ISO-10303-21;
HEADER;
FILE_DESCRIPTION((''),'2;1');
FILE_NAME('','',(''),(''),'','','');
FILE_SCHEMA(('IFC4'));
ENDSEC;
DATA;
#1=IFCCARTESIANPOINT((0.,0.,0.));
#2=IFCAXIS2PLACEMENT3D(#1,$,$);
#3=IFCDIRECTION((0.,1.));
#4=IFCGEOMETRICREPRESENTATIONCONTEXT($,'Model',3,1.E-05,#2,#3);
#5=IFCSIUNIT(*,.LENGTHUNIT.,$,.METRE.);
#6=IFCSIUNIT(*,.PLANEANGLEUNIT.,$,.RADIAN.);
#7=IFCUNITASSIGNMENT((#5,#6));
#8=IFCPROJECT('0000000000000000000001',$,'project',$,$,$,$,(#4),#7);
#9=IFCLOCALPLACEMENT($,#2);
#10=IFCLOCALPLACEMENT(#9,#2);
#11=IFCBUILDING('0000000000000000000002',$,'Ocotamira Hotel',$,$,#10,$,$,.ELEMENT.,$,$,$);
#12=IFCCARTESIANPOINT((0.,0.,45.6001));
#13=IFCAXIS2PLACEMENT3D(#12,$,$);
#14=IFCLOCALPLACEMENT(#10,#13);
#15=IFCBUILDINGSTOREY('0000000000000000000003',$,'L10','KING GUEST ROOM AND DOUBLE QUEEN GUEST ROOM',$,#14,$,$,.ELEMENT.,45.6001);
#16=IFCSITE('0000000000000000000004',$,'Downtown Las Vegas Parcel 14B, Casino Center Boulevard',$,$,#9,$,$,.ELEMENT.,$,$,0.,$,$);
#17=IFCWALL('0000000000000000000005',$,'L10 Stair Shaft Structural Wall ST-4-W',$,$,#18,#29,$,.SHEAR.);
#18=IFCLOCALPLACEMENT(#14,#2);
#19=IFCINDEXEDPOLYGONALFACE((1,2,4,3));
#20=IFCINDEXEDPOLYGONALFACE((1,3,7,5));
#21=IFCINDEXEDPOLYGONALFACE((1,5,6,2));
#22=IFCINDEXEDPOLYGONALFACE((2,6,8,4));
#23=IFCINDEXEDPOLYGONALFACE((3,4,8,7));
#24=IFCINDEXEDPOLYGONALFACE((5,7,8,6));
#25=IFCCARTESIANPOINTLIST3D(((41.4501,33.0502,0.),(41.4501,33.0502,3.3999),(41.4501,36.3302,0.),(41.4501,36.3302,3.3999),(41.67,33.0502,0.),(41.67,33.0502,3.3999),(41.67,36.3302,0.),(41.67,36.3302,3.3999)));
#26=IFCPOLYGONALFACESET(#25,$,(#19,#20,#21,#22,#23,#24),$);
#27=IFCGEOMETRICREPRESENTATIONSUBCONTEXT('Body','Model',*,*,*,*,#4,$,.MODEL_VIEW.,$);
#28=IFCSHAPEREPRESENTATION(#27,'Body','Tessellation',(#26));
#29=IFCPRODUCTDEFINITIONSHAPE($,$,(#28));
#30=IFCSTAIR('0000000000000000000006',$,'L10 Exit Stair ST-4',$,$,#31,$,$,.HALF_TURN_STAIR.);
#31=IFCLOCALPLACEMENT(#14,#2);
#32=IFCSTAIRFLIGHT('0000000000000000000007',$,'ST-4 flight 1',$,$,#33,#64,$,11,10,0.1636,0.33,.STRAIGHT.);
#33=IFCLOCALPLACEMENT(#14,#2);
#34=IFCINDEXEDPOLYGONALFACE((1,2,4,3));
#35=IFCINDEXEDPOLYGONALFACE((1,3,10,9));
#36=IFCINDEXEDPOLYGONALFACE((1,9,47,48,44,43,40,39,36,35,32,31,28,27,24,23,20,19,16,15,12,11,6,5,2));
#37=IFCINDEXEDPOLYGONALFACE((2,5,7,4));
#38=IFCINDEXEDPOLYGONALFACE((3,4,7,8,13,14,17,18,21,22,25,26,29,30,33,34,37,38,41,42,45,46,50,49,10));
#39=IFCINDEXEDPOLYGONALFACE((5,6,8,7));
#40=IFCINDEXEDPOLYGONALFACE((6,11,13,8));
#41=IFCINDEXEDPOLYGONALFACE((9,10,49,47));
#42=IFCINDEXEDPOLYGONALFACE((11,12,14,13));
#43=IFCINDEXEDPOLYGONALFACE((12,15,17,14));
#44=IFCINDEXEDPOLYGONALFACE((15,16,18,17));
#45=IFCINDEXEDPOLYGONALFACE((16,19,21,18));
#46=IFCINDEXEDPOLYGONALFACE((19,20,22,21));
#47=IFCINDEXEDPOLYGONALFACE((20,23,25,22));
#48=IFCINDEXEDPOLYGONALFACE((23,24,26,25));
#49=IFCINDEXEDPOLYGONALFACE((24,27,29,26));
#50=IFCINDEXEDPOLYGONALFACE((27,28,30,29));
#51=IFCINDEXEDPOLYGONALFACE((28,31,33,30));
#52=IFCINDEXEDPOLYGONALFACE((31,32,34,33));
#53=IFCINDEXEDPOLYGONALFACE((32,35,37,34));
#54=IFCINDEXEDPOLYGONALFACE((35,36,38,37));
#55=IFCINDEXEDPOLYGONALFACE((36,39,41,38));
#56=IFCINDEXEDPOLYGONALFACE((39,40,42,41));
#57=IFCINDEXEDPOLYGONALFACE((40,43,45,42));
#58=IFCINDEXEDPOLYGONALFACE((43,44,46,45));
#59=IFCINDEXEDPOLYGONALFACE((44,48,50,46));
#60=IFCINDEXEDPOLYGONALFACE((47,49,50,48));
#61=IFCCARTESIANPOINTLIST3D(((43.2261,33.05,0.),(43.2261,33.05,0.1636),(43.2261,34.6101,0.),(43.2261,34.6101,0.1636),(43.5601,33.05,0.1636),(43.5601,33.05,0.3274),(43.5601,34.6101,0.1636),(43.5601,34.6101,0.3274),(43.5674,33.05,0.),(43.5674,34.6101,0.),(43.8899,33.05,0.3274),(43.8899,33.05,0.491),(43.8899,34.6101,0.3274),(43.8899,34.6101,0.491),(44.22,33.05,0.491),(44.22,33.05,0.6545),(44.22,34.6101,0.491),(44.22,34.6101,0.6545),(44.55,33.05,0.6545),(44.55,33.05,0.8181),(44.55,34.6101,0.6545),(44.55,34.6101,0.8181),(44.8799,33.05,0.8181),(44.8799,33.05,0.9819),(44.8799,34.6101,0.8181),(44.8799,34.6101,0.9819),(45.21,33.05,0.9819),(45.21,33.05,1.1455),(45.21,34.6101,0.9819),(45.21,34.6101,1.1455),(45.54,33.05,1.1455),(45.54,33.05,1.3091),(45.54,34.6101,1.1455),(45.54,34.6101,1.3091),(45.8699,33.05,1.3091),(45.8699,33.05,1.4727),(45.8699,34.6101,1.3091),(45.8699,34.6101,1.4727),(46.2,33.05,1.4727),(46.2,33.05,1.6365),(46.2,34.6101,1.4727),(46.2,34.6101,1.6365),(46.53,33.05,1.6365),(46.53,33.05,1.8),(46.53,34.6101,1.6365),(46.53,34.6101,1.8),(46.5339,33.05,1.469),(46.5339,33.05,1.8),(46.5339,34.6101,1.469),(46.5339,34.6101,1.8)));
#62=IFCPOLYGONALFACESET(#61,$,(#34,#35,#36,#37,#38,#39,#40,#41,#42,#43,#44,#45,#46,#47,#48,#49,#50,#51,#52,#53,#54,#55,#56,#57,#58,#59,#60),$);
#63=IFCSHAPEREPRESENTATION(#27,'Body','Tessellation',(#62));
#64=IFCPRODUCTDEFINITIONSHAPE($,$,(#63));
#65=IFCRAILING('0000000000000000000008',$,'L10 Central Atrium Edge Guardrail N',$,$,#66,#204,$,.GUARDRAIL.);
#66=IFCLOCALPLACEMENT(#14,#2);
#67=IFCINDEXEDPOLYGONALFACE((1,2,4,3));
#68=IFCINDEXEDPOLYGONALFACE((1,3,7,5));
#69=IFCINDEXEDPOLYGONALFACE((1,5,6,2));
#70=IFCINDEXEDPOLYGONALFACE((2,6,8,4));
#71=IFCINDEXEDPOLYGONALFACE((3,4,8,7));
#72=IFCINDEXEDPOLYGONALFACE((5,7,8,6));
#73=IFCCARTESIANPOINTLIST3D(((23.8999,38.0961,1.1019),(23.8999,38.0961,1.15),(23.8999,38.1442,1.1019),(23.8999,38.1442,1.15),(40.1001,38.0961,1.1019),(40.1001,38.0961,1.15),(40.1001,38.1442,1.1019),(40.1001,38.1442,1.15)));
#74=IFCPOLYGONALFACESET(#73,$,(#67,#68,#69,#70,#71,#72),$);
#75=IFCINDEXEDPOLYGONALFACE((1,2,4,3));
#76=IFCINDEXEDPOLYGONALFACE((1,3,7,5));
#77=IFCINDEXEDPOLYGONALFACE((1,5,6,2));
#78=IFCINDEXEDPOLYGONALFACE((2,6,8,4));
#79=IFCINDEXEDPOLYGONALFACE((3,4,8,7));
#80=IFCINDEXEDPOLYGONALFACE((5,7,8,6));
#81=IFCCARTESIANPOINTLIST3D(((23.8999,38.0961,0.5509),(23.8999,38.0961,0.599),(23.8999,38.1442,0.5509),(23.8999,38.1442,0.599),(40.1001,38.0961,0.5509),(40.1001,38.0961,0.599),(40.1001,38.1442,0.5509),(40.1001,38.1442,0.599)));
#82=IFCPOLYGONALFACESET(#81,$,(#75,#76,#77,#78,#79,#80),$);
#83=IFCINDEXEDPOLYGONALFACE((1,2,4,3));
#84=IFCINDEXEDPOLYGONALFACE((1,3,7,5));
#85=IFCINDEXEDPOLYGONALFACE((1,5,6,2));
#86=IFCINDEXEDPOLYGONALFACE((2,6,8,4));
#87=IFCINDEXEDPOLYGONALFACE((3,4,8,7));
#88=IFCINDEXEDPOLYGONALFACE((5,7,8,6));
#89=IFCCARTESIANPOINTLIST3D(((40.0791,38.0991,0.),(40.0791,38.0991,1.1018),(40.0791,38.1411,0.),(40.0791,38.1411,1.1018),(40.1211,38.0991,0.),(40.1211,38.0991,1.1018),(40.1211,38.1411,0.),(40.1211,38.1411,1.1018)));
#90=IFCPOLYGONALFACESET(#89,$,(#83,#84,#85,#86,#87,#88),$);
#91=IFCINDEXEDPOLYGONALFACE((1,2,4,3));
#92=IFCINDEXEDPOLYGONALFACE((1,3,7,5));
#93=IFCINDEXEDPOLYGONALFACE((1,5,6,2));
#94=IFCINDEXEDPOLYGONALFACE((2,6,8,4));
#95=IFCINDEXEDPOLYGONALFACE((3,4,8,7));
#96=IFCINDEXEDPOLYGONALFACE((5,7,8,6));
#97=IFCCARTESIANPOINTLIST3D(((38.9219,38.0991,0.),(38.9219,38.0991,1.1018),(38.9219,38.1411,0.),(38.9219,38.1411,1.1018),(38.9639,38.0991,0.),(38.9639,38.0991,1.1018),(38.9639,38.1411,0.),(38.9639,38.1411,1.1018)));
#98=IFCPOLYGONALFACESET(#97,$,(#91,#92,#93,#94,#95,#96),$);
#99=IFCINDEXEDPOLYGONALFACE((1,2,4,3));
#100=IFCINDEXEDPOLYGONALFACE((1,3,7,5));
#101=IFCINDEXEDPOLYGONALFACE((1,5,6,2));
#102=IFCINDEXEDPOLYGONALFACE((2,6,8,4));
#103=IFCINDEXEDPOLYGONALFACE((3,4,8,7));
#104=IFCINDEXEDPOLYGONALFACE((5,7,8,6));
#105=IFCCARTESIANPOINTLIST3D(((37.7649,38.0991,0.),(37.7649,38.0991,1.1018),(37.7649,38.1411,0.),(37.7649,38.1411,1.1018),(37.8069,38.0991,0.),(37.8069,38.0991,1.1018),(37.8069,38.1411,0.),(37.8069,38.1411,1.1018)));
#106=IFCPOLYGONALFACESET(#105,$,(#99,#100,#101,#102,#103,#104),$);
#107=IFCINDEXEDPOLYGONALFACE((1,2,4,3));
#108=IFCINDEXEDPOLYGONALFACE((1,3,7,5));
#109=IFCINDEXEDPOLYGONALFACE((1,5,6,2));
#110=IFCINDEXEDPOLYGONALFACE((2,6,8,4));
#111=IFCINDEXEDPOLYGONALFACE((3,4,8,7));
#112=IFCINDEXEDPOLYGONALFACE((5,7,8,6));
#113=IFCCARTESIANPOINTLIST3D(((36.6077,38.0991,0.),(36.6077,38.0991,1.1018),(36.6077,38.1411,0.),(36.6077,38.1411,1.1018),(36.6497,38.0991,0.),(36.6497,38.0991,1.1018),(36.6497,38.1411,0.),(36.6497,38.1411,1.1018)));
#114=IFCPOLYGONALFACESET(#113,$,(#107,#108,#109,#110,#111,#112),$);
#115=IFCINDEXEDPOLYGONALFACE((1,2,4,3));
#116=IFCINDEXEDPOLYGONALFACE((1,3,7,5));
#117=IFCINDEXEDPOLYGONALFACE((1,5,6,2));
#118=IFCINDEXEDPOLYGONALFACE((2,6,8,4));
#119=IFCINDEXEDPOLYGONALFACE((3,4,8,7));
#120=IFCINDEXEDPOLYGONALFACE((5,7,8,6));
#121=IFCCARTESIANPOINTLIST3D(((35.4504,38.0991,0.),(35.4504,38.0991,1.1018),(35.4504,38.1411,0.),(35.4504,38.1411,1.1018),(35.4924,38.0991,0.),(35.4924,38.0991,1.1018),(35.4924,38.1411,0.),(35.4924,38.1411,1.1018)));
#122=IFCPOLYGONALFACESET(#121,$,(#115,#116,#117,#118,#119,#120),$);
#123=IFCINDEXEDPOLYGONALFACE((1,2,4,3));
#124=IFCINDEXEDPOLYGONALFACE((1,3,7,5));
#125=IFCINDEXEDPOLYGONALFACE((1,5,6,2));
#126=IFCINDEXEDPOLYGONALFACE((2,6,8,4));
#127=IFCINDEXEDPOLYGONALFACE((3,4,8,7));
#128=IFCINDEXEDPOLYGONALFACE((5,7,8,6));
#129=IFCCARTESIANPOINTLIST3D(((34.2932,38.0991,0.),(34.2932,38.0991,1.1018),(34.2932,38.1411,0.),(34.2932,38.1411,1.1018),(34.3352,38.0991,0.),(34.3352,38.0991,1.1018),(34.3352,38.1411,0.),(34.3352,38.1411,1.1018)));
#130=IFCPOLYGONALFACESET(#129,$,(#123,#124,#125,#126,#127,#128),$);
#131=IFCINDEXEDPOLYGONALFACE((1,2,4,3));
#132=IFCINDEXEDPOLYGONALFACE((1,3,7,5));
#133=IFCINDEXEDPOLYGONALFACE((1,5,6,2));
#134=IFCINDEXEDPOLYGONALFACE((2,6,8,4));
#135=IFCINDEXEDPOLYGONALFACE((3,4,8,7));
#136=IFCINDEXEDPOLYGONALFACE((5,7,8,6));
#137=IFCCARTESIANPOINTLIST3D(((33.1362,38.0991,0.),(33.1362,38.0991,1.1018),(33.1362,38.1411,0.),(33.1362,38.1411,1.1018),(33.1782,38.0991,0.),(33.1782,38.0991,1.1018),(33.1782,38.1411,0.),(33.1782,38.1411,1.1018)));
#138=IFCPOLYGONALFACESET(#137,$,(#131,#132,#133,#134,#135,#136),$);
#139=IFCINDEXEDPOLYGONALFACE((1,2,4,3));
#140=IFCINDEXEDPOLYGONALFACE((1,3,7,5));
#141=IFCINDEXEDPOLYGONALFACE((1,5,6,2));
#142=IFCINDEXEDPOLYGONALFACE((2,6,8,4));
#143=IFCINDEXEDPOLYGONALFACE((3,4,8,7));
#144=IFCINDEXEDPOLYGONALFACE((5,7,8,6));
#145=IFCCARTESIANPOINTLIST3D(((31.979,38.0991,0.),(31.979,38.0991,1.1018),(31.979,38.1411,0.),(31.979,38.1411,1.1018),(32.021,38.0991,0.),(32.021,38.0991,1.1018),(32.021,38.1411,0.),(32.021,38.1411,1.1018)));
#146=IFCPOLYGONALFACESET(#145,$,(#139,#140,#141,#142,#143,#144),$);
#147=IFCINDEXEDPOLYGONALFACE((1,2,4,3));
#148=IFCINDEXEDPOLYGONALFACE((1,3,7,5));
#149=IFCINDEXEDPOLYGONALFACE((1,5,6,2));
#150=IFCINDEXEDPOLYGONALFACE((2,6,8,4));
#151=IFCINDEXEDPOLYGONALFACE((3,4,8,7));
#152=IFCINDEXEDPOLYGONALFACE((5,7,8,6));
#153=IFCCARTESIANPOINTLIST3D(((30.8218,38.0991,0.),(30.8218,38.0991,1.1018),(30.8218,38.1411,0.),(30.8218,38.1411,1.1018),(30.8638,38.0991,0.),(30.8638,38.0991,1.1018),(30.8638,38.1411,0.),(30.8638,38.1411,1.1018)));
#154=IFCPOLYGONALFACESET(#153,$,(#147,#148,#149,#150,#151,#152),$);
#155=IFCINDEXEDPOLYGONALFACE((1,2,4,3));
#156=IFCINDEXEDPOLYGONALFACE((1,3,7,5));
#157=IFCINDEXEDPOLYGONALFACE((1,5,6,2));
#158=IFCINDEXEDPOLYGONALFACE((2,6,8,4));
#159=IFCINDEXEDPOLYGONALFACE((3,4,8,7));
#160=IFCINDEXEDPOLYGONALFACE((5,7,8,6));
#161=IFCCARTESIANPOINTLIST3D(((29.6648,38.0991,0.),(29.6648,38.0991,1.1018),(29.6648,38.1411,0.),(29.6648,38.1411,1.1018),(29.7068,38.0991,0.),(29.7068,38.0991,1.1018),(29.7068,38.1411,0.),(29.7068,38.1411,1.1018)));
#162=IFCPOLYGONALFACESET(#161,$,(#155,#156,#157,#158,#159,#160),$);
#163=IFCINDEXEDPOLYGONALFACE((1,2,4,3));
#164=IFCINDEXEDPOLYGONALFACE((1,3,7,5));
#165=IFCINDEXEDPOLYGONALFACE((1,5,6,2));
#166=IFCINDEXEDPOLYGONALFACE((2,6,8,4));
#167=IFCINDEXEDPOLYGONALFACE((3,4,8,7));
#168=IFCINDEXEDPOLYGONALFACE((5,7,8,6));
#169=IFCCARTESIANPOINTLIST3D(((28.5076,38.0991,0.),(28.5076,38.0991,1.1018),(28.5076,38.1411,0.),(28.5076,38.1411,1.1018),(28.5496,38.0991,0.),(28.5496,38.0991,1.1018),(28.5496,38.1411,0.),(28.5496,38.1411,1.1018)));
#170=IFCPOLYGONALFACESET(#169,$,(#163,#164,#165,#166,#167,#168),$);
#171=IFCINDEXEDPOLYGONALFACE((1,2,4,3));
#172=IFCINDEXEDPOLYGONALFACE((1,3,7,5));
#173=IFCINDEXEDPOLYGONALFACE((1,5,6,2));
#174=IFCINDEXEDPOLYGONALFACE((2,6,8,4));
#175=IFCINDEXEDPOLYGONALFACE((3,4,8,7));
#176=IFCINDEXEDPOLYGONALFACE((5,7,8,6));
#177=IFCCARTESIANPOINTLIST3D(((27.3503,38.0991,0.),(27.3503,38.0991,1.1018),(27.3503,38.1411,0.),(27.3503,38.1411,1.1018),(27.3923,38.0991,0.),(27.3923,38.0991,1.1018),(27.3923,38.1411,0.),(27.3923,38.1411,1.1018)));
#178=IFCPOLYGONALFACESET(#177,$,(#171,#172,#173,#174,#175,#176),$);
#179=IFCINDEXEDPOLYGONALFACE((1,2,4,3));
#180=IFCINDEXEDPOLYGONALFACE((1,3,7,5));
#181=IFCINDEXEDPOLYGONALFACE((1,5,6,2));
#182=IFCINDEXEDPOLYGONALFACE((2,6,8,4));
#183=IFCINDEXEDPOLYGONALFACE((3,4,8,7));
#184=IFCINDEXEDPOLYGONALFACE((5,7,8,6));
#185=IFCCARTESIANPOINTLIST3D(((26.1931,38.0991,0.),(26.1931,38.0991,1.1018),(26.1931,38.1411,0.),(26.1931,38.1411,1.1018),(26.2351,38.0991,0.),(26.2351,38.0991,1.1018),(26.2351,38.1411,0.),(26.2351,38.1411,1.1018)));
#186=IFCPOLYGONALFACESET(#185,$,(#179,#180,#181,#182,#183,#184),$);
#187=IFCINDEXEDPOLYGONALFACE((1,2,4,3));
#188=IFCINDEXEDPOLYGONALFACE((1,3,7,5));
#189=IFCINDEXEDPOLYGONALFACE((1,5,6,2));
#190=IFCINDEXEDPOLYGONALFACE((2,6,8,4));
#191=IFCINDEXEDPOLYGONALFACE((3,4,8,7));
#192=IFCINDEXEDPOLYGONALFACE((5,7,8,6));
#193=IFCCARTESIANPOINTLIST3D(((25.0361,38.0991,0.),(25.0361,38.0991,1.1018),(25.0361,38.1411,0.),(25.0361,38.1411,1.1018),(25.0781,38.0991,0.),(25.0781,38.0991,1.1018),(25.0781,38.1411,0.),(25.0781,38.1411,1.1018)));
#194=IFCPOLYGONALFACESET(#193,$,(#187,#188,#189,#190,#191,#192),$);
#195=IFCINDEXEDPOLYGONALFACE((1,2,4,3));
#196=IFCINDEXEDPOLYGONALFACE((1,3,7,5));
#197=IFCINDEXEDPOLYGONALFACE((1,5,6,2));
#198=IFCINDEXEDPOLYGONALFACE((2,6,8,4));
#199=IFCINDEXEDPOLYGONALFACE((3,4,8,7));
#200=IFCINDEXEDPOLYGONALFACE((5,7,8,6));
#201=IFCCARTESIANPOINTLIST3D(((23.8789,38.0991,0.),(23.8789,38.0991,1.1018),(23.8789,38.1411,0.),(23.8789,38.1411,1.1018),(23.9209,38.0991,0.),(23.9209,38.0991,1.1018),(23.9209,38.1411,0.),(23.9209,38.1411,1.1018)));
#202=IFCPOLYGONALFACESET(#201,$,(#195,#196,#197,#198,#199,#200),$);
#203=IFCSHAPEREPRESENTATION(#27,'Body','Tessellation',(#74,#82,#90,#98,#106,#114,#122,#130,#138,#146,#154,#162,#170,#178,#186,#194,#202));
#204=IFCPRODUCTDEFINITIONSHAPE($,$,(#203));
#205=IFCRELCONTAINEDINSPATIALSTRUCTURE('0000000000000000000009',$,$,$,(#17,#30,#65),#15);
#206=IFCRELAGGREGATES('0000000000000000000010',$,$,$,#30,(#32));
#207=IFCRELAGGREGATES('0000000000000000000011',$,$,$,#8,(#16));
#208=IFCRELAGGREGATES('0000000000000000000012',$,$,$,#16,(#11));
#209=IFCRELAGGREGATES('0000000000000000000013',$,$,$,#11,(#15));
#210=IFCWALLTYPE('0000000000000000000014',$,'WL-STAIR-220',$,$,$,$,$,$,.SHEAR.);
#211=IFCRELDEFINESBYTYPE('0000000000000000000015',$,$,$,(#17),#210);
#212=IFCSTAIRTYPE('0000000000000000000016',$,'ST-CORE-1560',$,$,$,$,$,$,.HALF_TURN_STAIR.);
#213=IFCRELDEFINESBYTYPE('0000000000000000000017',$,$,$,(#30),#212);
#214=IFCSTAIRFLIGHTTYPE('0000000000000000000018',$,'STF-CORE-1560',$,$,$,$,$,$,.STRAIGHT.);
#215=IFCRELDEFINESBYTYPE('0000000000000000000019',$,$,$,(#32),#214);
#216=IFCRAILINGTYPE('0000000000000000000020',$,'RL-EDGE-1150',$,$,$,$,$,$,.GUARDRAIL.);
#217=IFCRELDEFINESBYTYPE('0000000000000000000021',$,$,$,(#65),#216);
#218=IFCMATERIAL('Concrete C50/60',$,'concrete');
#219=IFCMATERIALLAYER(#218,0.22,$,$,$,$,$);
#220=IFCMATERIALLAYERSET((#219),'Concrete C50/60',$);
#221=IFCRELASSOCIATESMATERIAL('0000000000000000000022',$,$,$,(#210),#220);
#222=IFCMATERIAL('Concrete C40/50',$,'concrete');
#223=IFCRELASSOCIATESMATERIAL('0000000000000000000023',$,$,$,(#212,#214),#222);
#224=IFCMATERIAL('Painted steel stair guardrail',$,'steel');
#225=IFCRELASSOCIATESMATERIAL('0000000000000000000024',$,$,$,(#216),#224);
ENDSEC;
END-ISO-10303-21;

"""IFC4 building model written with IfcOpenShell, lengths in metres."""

from ifc_helpers import new_model, si_unit, direction, frame, frame_2d, origin, origin_2d, place, context, subcontext, project, spatial, polyline, rectangle, outline, extrude, source, transform, mapped, material, layer, layer_set, type_object, element, aggregate, save


model = new_model("IFC4")

# Units and contexts
model_context = context("Model", 3, precision=1e-05, world=origin(), true_north=direction((0.0, 1.0)))
body_context = subcontext(model_context, "Body", "Model", "MODEL_VIEW")
ifc_project = project(units=[si_unit("LENGTHUNIT", "METRE"), si_unit("PLANEANGLEUNIT", "RADIAN")], contexts=[model_context])

# Site, building, storey
site_placement = place(None, origin())
site = spatial("IfcSite", under=ifc_project, at=site_placement, Name="Downtown Las Vegas Parcel 14B, Casino Center Boulevard", CompositionType="ELEMENT", RefElevation=0.0)
building_placement = place(site_placement, origin())
building = spatial("IfcBuilding", under=site, at=building_placement, Name="Ocotamira Hotel", CompositionType="ELEMENT")
storey_placement = place(building_placement, frame((0.0, 0.0, 45.6001)))
storey = spatial("IfcBuildingStorey", under=building, at=storey_placement, Name="L10", Description="KING GUEST ROOM AND DOUBLE QUEEN GUEST ROOM", CompositionType="ELEMENT", Elevation=45.6001)

# Shared definitions
ifc_material_1 = material(Name="Concrete C50/60", Category="concrete")
ifc_layer_1 = layer(ifc_material_1, 0.22)
ifc_layer_set_1 = layer_set([ifc_layer_1], Name="Concrete C50/60")
wall_type_1 = type_object("IfcWallType", Name="WL-STAIR-220", PredefinedType="SHEAR", material=ifc_layer_set_1)

# Wall
wall_1_placement = place(storey_placement, frame((41.5601, 33.05, 0.0), z_axis=(0.0, 0.0, 1.0), x_axis=(0.0, 1.0, 0.0)))
element("IfcWall", 1, at=wall_1_placement, inside=storey, type_object=wall_type_1, Name="L10 Stair Shaft Structural Wall ST-4-W", PredefinedType="SHEAR", context=body_context, shape_type="SweptSolid", body=[
    extrude(rectangle(XDim=3.28, YDim=0.22, at=frame_2d((1.6401, 0.0))), origin(), (0.0, 0.0, 1.0), 3.3999),
])

# Stair, stair flight
ifc_material_2 = material(Name="Concrete C40/50", Category="concrete")
stair_type = type_object("IfcStairType", Name="ST-CORE-1560", PredefinedType="HALF_TURN_STAIR", material=ifc_material_2)
stair_placement = place(storey_placement, origin())
stair = element("IfcStair", 2, at=stair_placement, inside=storey, type_object=stair_type, Name="L10 Exit Stair ST-4", PredefinedType="HALF_TURN_STAIR")
stair_flight_type = type_object("IfcStairFlightType", Name="STF-CORE-1560", PredefinedType="STRAIGHT", material=ifc_material_2)
shared_shape_1 = source(origin(), body_context, "Body", "SweptSolid", [
    extrude(outline(polyline([(-0.0039, 0.0), (-0.0039, 0.1636), (0.3301, 0.1636), (0.3301, 0.3274), (0.6599, 0.3274), (0.6599, 0.491), (0.99, 0.491), (0.99, 0.6545), (1.3201, 0.6545), (1.3201, 0.8181), (1.6499, 0.8181), (1.6499, 0.9819), (1.98, 0.9819), (1.98, 1.1455), (2.3101, 1.1455), (2.3101, 1.3091), (2.6399, 1.3091), (2.6399, 1.4727), (2.97, 1.4727), (2.97, 1.6365), (3.3, 1.6365), (3.3, 1.8), (3.304, 1.8), (3.304, 1.469), (0.3374, 0.0), (-0.0039, 0.0)])), frame((0.0, 0.78, 0.0), z_axis=(0.0, -1.0, 0.0), x_axis=(1.0, 0.0, 0.0)), (0.0, 0.0, 1.0), 1.5601),
])
stair_flight_placement = place(storey_placement, frame((43.23, 33.8301, 0.0), z_axis=(0.0, 0.0, 1.0), x_axis=(1.0, 0.0, 0.0)))
stair_flight = element("IfcStairFlight", 3, at=stair_flight_placement, type_object=stair_flight_type, Name="ST-4 flight 1", NumberOfRisers=11, NumberOfTreads=10, PredefinedType="STRAIGHT", RiserHeight=0.1636, TreadLength=0.33, context=body_context, shape_type="MappedRepresentation", body=[
    mapped(shared_shape_1, transform((0.0, 0.0, 0.0), scale=1.0)),
])
aggregate(stair, [stair_flight])

# Railing
ifc_material_3 = material(Name="Painted steel stair guardrail", Category="steel")
railing_type_1 = type_object("IfcRailingType", Name="RL-EDGE-1150", PredefinedType="GUARDRAIL", material=ifc_material_3)
railing_1_placement = place(storey_placement, frame((40.1001, 38.1201, 0.0)))
element("IfcRailing", 4, at=railing_1_placement, inside=storey, type_object=railing_type_1, Name="L10 Central Atrium Edge Guardrail N", PredefinedType="GUARDRAIL", context=body_context, shape_type="SweptSolid", body=[
    extrude(rectangle(XDim=0.0481, YDim=0.0481, at=origin_2d()), frame((0.0, 0.0, 1.126), z_axis=(-1.0, 0.0, 0.0), x_axis=(0.0, -1.0, 0.0)), (0.0, 0.0, 1.0), 16.2002),
    extrude(rectangle(XDim=0.0481, YDim=0.0481, at=origin_2d()), frame((0.0, 0.0, 0.575), z_axis=(-1.0, 0.0, 0.0), x_axis=(0.0, -1.0, 0.0)), (0.0, 0.0, 1.0), 16.2002),
    extrude(rectangle(XDim=0.042, YDim=0.042, at=origin_2d()), origin(), (0.0, 0.0, 1.0), 1.1018),
    extrude(rectangle(XDim=0.042, YDim=0.042, at=origin_2d()), frame((-1.1572, 0.0, 0.0)), (0.0, 0.0, 1.0), 1.1018),
    extrude(rectangle(XDim=0.042, YDim=0.042, at=origin_2d()), frame((-2.3142, 0.0, 0.0)), (0.0, 0.0, 1.0), 1.1018),
    extrude(rectangle(XDim=0.042, YDim=0.042, at=origin_2d()), frame((-3.4714, 0.0, 0.0)), (0.0, 0.0, 1.0), 1.1018),
    extrude(rectangle(XDim=0.042, YDim=0.042, at=origin_2d()), frame((-4.6287, 0.0, 0.0)), (0.0, 0.0, 1.0), 1.1018),
    extrude(rectangle(XDim=0.042, YDim=0.042, at=origin_2d()), frame((-5.7859, 0.0, 0.0)), (0.0, 0.0, 1.0), 1.1018),
    extrude(rectangle(XDim=0.042, YDim=0.042, at=origin_2d()), frame((-6.9429, 0.0, 0.0)), (0.0, 0.0, 1.0), 1.1018),
    extrude(rectangle(XDim=0.042, YDim=0.042, at=origin_2d()), frame((-8.1001, 0.0, 0.0)), (0.0, 0.0, 1.0), 1.1018),
    extrude(rectangle(XDim=0.042, YDim=0.042, at=origin_2d()), frame((-9.2573, 0.0, 0.0)), (0.0, 0.0, 1.0), 1.1018),
    extrude(rectangle(XDim=0.042, YDim=0.042, at=origin_2d()), frame((-10.4143, 0.0, 0.0)), (0.0, 0.0, 1.0), 1.1018),
    extrude(rectangle(XDim=0.042, YDim=0.042, at=origin_2d()), frame((-11.5715, 0.0, 0.0)), (0.0, 0.0, 1.0), 1.1018),
    extrude(rectangle(XDim=0.042, YDim=0.042, at=origin_2d()), frame((-12.7288, 0.0, 0.0)), (0.0, 0.0, 1.0), 1.1018),
    extrude(rectangle(XDim=0.042, YDim=0.042, at=origin_2d()), frame((-13.886, 0.0, 0.0)), (0.0, 0.0, 1.0), 1.1018),
    extrude(rectangle(XDim=0.042, YDim=0.042, at=origin_2d()), frame((-15.043, 0.0, 0.0)), (0.0, 0.0, 1.0), 1.1018),
    extrude(rectangle(XDim=0.042, YDim=0.042, at=origin_2d()), frame((-16.2002, 0.0, 0.0)), (0.0, 0.0, 1.0), 1.1018),
])

save(model, "model.ifc")
